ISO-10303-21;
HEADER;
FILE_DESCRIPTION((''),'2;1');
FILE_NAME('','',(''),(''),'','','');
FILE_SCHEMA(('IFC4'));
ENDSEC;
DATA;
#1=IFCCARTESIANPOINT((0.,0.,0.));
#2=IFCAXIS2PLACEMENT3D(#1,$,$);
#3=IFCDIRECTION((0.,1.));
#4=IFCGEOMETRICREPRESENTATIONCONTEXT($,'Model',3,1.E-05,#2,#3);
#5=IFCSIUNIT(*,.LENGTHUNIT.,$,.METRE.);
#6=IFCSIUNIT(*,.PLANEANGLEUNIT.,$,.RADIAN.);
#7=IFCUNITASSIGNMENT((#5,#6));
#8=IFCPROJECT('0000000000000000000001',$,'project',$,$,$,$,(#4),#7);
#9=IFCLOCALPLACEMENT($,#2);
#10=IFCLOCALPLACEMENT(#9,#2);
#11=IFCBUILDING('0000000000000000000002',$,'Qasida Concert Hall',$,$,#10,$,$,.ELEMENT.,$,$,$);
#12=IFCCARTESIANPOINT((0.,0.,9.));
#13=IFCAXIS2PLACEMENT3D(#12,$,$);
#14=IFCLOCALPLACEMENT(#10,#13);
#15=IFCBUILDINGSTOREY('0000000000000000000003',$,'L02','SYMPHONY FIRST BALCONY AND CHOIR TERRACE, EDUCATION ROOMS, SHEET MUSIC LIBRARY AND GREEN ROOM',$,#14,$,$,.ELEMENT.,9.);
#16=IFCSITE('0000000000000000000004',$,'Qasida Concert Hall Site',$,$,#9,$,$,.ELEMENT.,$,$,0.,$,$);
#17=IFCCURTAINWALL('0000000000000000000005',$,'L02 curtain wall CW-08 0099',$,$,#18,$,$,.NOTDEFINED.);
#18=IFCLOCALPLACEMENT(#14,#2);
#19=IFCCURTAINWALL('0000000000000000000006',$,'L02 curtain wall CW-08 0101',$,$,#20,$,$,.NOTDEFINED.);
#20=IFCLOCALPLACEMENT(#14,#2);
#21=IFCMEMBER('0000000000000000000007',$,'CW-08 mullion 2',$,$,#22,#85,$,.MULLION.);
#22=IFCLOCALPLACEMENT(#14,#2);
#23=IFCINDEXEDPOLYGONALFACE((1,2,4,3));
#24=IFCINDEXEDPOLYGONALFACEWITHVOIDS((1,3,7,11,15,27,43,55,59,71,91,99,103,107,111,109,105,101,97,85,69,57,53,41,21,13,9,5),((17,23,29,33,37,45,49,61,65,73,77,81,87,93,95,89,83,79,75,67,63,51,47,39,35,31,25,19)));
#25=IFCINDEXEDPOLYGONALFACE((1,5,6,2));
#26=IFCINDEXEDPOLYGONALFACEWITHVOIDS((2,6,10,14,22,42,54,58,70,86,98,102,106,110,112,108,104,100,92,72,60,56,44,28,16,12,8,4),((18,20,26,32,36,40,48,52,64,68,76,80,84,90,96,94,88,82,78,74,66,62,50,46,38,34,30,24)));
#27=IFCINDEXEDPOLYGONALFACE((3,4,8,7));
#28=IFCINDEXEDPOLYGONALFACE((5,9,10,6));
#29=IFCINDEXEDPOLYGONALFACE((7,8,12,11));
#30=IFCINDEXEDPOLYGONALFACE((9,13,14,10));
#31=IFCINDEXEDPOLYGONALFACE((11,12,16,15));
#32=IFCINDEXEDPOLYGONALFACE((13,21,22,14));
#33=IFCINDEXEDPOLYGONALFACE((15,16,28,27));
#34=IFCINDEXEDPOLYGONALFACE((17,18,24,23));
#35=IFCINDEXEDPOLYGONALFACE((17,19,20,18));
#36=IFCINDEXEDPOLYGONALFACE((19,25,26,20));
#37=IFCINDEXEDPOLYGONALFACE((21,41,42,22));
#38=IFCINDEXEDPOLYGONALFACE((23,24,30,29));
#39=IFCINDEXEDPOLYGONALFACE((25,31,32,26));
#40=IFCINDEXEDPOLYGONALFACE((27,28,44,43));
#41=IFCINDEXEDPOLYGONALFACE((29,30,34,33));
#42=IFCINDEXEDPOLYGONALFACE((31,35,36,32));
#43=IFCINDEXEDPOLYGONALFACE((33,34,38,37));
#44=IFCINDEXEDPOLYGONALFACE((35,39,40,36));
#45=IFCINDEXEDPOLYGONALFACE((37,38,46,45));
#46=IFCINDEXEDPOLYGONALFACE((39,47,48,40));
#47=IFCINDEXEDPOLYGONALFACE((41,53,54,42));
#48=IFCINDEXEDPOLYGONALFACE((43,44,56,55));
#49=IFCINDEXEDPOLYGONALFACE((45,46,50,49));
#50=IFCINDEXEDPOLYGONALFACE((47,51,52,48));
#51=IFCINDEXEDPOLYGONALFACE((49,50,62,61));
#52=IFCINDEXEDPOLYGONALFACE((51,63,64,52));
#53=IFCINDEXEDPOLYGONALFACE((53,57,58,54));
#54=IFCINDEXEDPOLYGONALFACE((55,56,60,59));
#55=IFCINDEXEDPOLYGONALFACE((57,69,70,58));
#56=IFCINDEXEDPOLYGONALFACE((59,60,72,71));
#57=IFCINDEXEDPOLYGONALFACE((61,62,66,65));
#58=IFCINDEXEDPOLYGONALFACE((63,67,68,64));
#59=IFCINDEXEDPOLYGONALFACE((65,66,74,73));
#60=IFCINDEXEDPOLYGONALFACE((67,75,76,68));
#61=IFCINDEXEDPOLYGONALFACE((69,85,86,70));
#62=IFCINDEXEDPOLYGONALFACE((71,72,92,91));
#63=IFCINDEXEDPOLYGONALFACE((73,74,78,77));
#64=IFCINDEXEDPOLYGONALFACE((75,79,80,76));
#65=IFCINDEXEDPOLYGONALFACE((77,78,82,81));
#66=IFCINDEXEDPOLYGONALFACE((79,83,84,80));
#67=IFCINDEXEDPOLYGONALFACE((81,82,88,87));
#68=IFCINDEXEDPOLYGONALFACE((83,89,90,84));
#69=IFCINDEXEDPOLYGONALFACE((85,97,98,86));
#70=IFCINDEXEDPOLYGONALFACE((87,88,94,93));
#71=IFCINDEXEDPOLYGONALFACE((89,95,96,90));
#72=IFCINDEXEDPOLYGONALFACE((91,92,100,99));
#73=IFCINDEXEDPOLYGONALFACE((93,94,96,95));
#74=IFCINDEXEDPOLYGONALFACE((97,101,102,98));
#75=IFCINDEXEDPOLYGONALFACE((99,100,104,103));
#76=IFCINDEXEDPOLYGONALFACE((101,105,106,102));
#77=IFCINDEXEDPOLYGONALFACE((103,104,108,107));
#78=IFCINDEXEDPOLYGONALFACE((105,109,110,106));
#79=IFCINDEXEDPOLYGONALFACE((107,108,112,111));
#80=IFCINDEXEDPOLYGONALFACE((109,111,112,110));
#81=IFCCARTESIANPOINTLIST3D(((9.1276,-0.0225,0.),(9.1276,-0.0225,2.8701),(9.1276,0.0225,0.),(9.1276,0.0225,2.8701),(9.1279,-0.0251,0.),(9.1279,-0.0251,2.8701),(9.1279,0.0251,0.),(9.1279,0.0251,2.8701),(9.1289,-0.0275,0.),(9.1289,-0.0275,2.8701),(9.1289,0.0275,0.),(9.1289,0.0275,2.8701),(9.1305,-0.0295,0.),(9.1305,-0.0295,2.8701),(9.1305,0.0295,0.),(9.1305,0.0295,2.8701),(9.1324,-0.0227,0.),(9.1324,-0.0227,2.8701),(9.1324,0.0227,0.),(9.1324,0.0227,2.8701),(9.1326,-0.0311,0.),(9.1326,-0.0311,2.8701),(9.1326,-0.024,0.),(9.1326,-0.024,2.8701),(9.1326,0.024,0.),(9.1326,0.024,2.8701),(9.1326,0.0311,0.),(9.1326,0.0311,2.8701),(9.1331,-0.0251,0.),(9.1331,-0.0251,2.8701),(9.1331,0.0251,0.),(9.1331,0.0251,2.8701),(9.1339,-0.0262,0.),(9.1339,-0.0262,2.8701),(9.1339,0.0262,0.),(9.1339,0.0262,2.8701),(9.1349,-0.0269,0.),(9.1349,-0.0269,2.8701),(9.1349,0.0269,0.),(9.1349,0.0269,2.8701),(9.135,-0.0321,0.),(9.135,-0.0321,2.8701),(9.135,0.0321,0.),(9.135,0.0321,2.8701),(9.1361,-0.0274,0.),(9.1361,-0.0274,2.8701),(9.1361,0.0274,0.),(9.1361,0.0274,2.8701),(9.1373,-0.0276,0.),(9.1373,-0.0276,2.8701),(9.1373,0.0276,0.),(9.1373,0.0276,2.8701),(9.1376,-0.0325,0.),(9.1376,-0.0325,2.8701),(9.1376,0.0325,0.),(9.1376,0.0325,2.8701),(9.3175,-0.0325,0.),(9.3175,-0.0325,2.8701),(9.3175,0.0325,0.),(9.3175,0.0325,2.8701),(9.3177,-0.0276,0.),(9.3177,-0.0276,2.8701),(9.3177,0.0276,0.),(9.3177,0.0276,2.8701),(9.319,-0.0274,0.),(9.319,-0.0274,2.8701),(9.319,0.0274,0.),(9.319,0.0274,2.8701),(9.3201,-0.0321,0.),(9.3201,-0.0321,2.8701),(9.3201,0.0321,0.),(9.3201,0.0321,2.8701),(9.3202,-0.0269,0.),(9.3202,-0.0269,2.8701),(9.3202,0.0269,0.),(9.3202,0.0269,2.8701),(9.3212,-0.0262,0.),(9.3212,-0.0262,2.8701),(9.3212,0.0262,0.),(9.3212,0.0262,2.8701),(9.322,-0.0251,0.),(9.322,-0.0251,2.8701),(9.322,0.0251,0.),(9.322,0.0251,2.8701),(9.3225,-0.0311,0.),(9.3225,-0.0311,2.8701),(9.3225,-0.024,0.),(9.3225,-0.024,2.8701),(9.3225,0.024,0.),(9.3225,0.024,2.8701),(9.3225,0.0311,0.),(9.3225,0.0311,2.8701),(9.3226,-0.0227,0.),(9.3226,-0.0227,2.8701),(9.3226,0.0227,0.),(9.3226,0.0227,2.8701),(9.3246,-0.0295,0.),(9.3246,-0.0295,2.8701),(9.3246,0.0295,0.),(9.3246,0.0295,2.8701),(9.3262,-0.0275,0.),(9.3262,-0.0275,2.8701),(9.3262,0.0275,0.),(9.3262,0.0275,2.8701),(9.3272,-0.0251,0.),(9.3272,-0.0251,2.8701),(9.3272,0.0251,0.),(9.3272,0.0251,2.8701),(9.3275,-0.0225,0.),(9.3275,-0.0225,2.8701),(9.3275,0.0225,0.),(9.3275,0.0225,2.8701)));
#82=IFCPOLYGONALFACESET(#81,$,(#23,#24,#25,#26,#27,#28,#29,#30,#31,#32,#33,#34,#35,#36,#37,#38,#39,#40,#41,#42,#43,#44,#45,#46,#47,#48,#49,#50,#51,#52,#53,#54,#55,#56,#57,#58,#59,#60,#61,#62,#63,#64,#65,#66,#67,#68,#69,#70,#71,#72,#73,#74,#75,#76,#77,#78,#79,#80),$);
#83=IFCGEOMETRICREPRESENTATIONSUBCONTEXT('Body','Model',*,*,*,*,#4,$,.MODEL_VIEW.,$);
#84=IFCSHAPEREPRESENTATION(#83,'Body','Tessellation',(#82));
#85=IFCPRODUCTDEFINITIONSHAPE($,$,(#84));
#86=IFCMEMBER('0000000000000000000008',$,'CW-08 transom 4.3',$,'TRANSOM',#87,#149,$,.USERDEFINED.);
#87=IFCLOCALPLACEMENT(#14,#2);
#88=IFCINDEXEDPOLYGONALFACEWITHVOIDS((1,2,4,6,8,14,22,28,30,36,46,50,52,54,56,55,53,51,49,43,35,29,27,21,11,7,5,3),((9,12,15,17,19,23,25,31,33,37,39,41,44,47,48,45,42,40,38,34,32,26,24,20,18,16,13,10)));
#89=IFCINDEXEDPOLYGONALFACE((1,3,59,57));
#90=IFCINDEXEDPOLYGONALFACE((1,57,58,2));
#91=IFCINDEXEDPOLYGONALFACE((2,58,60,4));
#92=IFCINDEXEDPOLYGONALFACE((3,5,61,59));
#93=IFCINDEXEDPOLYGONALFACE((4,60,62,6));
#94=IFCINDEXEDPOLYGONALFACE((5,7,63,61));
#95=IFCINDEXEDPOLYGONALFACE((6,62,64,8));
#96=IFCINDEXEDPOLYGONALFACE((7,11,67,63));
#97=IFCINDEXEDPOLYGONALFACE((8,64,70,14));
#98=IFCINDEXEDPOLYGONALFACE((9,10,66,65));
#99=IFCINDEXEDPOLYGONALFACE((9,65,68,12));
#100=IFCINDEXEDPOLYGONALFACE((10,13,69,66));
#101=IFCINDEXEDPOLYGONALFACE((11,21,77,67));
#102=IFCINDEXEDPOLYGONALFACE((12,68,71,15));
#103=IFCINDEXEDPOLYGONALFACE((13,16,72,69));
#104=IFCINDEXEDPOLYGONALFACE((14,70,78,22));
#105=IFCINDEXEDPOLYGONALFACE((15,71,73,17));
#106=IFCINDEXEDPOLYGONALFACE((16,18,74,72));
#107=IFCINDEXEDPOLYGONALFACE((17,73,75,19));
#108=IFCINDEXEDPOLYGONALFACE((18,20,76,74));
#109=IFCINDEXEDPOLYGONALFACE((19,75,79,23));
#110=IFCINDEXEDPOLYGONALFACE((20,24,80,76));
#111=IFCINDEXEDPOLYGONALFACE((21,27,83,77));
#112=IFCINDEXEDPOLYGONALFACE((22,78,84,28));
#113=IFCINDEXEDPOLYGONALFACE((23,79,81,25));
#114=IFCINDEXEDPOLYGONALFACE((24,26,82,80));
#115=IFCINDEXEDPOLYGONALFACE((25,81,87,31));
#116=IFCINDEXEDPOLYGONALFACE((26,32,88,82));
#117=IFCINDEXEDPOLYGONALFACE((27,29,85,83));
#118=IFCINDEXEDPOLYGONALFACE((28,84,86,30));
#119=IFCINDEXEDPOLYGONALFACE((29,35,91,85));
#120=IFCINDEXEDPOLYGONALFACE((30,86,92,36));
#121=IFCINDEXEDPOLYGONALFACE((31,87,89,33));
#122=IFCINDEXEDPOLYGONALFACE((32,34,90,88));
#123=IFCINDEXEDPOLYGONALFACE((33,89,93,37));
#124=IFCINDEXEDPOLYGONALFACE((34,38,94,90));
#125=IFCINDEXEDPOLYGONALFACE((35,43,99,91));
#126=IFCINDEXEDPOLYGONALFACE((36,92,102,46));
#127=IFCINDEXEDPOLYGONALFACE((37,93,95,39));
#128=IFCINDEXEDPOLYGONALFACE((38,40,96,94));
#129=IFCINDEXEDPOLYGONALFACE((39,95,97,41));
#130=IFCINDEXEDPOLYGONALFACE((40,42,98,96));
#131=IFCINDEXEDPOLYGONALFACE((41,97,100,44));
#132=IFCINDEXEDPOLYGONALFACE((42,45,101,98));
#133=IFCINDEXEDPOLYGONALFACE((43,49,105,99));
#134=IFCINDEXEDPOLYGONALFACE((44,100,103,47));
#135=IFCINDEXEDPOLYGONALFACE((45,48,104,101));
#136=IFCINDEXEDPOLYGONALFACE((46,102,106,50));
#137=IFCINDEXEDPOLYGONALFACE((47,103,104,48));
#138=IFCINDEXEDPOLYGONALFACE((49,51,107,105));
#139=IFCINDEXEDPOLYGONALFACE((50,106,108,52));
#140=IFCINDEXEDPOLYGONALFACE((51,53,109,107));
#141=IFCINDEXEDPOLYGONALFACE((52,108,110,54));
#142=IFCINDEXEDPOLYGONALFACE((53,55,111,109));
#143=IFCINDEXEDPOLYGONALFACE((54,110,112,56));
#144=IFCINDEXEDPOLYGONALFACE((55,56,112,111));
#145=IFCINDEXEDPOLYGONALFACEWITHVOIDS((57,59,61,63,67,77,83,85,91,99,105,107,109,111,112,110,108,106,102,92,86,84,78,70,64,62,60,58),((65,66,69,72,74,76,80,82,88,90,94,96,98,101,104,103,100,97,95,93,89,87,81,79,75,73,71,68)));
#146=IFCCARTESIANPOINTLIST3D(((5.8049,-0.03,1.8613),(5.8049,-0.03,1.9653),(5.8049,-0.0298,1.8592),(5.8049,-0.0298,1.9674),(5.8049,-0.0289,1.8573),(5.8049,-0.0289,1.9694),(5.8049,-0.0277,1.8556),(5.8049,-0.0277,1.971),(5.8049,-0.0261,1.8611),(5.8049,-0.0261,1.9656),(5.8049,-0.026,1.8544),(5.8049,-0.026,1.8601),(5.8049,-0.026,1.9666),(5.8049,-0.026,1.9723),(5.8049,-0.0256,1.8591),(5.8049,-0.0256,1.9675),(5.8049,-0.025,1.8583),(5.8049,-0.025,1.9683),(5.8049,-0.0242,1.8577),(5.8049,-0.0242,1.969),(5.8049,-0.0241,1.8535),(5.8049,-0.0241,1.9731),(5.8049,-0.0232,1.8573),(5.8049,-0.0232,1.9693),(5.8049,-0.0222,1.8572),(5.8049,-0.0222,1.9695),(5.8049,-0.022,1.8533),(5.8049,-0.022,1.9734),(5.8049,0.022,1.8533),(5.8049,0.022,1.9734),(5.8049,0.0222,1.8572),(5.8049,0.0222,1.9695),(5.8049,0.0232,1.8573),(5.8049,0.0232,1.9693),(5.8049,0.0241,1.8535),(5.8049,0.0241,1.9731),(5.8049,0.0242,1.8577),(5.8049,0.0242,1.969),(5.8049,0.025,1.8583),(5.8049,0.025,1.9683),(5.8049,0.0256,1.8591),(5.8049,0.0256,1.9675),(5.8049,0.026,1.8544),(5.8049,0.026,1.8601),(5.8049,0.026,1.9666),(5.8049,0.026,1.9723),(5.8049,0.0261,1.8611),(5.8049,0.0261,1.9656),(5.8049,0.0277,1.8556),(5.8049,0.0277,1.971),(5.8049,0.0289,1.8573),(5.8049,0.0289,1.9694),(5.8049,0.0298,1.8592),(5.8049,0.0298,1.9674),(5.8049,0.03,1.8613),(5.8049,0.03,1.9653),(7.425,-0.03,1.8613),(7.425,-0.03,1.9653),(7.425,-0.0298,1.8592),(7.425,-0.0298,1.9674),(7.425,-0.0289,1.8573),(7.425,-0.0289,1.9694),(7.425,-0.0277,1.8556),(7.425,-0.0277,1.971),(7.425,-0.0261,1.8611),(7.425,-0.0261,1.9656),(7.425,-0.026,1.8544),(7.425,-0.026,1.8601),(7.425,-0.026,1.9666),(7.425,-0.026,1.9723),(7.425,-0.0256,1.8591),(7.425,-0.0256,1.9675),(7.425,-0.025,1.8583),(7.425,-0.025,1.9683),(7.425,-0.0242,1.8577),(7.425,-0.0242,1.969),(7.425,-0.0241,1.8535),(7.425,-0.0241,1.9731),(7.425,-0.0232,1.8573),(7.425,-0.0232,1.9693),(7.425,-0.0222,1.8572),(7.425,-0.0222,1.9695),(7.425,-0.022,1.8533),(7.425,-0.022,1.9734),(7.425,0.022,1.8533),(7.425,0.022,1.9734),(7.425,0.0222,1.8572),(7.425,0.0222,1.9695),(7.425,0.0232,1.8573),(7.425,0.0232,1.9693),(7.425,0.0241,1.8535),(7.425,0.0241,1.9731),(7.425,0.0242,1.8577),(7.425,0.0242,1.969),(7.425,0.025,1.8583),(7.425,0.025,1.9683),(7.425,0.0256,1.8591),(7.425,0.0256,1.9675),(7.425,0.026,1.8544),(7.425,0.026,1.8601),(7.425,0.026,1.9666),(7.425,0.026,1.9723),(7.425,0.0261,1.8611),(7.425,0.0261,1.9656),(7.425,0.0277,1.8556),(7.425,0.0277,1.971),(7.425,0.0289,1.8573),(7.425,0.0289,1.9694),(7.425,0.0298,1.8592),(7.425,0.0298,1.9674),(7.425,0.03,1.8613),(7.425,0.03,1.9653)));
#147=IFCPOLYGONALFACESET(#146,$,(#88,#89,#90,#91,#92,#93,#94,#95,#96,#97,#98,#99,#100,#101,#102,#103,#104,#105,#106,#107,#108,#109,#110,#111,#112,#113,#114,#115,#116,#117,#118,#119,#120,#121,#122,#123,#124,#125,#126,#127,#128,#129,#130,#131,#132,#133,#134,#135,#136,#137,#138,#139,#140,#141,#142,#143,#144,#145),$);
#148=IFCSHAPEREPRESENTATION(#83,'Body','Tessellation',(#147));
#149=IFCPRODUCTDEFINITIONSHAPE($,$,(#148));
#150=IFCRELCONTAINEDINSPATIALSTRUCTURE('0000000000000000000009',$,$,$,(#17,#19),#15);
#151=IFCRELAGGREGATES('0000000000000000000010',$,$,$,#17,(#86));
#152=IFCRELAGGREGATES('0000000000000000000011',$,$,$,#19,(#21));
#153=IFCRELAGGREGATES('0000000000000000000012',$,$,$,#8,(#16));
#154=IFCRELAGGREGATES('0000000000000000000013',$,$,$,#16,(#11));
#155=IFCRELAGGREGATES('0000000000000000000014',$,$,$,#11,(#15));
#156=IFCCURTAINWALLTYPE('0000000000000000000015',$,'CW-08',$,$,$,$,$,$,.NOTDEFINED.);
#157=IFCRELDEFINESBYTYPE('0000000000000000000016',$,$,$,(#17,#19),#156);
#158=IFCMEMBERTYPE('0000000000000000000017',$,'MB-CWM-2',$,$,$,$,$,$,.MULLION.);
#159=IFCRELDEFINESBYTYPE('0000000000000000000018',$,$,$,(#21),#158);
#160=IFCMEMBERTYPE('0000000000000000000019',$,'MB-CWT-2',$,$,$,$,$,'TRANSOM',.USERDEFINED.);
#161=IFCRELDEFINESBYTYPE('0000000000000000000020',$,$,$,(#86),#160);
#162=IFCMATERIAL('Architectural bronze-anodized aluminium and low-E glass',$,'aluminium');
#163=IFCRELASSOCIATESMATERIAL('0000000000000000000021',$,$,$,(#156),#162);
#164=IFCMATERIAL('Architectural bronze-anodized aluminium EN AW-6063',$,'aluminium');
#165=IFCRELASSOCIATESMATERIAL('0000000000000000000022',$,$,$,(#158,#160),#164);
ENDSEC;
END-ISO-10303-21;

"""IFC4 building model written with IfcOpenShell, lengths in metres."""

from ifc_helpers import new_model, si_unit, direction, frame, origin, origin_2d, place, context, subcontext, project, spatial, hollow_rectangle, extrude, material, material_profile, profile_set, type_object, element, aggregate, save


model = new_model("IFC4")

# Units and contexts
model_context = context("Model", 3, precision=1e-05, world=origin(), true_north=direction((0.0, 1.0)))
body_context = subcontext(model_context, "Body", "Model", "MODEL_VIEW")
ifc_project = project(units=[si_unit("LENGTHUNIT", "METRE"), si_unit("PLANEANGLEUNIT", "RADIAN")], contexts=[model_context])

# Site, building, storey
site_placement = place(None, origin())
site = spatial("IfcSite", under=ifc_project, at=site_placement, Name="Qasida Concert Hall Site", CompositionType="ELEMENT", RefElevation=0.0)
building_placement = place(site_placement, origin())
building = spatial("IfcBuilding", under=site, at=building_placement, Name="Qasida Concert Hall", CompositionType="ELEMENT")
storey_placement = place(building_placement, frame((0.0, 0.0, 9.0)))
storey = spatial("IfcBuildingStorey", under=building, at=storey_placement, Name="L02", Description="SYMPHONY FIRST BALCONY AND CHOIR TERRACE, EDUCATION ROOMS, SHEET MUSIC LIBRARY AND GREEN ROOM", CompositionType="ELEMENT", Elevation=9.0)

# Curtain wall
ifc_material_1 = material(Name="Architectural bronze-anodized aluminium and low-E glass", Category="aluminium")
curtain_wall_type = type_object("IfcCurtainWallType", Name="CW-08", PredefinedType="NOTDEFINED", material=ifc_material_1)
curtain_wall_1_placement = place(storey_placement, origin())
curtain_wall_1 = element("IfcCurtainWall", 1, at=curtain_wall_1_placement, inside=storey, type_object=curtain_wall_type, Name="L02 curtain wall CW-08 0099", PredefinedType="NOTDEFINED")
ifc_material_2 = material(Name="Architectural bronze-anodized aluminium EN AW-6063", Category="aluminium")
ifc_material_profile_1 = material_profile(ifc_material_2, hollow_rectangle(XDim=0.0649, YDim=0.2, WallThickness=0.0049, InnerFilletRadius=0.0049, OuterFilletRadius=0.01, at=origin_2d()), Name="CWM 200x65x5")
ifc_profile_set_1 = profile_set([ifc_material_profile_1], Name="Architectural bronze-anodized aluminium EN AW-6063")
member_type_1 = type_object("IfcMemberType", Name="MB-CWM-2", PredefinedType="MULLION", material=ifc_profile_set_1)

# Curtain wall, member
curtain_wall_2_placement = place(storey_placement, origin())
curtain_wall_2 = element("IfcCurtainWall", 2, at=curtain_wall_2_placement, inside=storey, type_object=curtain_wall_type, Name="L02 curtain wall CW-08 0101", PredefinedType="NOTDEFINED")
member_1_placement = place(storey_placement, frame((9.2275, 0.0, 0.0), z_axis=(0.0, 0.0, 1.0), x_axis=(0.0, 1.0, 0.0)))
member_1 = element("IfcMember", 3, at=member_1_placement, type_object=member_type_1, Name="CW-08 mullion 2", PredefinedType="MULLION", context=body_context, shape_type="SweptSolid", body=[
    extrude(hollow_rectangle(XDim=0.0649, YDim=0.2, WallThickness=0.0049, InnerFilletRadius=0.0049, OuterFilletRadius=0.01, at=origin_2d()), origin(), (0.0, 0.0, 1.0), 2.8701),
])

# Member
ifc_material_profile_2 = material_profile(ifc_material_2, hollow_rectangle(XDim=0.0601, YDim=0.1201, WallThickness=0.0039, InnerFilletRadius=0.0039, OuterFilletRadius=0.0081, at=origin_2d()), Name="CWT 120x60x4")
ifc_profile_set_2 = profile_set([ifc_material_profile_2], Name="Architectural bronze-anodized aluminium EN AW-6063")
member_type_2 = type_object("IfcMemberType", Name="MB-CWT-2", ElementType="TRANSOM", PredefinedType="USERDEFINED", material=ifc_profile_set_2)
member_2_placement = place(storey_placement, frame((5.8049, 0.0, 1.9133), z_axis=(1.0, 0.0, 0.0), x_axis=(0.0, 1.0, 0.0)))
member_2 = element("IfcMember", 4, at=member_2_placement, type_object=member_type_2, Name="CW-08 transom 4.3", ObjectType="TRANSOM", PredefinedType="USERDEFINED", context=body_context, shape_type="SweptSolid", body=[
    extrude(hollow_rectangle(XDim=0.0601, YDim=0.1201, WallThickness=0.0039, InnerFilletRadius=0.0039, OuterFilletRadius=0.0081, at=origin_2d()), origin(), (0.0, 0.0, 1.0), 1.6201),
])

aggregate(curtain_wall_1, [member_2])
aggregate(curtain_wall_2, [member_1])

save(model, "model.ifc")
